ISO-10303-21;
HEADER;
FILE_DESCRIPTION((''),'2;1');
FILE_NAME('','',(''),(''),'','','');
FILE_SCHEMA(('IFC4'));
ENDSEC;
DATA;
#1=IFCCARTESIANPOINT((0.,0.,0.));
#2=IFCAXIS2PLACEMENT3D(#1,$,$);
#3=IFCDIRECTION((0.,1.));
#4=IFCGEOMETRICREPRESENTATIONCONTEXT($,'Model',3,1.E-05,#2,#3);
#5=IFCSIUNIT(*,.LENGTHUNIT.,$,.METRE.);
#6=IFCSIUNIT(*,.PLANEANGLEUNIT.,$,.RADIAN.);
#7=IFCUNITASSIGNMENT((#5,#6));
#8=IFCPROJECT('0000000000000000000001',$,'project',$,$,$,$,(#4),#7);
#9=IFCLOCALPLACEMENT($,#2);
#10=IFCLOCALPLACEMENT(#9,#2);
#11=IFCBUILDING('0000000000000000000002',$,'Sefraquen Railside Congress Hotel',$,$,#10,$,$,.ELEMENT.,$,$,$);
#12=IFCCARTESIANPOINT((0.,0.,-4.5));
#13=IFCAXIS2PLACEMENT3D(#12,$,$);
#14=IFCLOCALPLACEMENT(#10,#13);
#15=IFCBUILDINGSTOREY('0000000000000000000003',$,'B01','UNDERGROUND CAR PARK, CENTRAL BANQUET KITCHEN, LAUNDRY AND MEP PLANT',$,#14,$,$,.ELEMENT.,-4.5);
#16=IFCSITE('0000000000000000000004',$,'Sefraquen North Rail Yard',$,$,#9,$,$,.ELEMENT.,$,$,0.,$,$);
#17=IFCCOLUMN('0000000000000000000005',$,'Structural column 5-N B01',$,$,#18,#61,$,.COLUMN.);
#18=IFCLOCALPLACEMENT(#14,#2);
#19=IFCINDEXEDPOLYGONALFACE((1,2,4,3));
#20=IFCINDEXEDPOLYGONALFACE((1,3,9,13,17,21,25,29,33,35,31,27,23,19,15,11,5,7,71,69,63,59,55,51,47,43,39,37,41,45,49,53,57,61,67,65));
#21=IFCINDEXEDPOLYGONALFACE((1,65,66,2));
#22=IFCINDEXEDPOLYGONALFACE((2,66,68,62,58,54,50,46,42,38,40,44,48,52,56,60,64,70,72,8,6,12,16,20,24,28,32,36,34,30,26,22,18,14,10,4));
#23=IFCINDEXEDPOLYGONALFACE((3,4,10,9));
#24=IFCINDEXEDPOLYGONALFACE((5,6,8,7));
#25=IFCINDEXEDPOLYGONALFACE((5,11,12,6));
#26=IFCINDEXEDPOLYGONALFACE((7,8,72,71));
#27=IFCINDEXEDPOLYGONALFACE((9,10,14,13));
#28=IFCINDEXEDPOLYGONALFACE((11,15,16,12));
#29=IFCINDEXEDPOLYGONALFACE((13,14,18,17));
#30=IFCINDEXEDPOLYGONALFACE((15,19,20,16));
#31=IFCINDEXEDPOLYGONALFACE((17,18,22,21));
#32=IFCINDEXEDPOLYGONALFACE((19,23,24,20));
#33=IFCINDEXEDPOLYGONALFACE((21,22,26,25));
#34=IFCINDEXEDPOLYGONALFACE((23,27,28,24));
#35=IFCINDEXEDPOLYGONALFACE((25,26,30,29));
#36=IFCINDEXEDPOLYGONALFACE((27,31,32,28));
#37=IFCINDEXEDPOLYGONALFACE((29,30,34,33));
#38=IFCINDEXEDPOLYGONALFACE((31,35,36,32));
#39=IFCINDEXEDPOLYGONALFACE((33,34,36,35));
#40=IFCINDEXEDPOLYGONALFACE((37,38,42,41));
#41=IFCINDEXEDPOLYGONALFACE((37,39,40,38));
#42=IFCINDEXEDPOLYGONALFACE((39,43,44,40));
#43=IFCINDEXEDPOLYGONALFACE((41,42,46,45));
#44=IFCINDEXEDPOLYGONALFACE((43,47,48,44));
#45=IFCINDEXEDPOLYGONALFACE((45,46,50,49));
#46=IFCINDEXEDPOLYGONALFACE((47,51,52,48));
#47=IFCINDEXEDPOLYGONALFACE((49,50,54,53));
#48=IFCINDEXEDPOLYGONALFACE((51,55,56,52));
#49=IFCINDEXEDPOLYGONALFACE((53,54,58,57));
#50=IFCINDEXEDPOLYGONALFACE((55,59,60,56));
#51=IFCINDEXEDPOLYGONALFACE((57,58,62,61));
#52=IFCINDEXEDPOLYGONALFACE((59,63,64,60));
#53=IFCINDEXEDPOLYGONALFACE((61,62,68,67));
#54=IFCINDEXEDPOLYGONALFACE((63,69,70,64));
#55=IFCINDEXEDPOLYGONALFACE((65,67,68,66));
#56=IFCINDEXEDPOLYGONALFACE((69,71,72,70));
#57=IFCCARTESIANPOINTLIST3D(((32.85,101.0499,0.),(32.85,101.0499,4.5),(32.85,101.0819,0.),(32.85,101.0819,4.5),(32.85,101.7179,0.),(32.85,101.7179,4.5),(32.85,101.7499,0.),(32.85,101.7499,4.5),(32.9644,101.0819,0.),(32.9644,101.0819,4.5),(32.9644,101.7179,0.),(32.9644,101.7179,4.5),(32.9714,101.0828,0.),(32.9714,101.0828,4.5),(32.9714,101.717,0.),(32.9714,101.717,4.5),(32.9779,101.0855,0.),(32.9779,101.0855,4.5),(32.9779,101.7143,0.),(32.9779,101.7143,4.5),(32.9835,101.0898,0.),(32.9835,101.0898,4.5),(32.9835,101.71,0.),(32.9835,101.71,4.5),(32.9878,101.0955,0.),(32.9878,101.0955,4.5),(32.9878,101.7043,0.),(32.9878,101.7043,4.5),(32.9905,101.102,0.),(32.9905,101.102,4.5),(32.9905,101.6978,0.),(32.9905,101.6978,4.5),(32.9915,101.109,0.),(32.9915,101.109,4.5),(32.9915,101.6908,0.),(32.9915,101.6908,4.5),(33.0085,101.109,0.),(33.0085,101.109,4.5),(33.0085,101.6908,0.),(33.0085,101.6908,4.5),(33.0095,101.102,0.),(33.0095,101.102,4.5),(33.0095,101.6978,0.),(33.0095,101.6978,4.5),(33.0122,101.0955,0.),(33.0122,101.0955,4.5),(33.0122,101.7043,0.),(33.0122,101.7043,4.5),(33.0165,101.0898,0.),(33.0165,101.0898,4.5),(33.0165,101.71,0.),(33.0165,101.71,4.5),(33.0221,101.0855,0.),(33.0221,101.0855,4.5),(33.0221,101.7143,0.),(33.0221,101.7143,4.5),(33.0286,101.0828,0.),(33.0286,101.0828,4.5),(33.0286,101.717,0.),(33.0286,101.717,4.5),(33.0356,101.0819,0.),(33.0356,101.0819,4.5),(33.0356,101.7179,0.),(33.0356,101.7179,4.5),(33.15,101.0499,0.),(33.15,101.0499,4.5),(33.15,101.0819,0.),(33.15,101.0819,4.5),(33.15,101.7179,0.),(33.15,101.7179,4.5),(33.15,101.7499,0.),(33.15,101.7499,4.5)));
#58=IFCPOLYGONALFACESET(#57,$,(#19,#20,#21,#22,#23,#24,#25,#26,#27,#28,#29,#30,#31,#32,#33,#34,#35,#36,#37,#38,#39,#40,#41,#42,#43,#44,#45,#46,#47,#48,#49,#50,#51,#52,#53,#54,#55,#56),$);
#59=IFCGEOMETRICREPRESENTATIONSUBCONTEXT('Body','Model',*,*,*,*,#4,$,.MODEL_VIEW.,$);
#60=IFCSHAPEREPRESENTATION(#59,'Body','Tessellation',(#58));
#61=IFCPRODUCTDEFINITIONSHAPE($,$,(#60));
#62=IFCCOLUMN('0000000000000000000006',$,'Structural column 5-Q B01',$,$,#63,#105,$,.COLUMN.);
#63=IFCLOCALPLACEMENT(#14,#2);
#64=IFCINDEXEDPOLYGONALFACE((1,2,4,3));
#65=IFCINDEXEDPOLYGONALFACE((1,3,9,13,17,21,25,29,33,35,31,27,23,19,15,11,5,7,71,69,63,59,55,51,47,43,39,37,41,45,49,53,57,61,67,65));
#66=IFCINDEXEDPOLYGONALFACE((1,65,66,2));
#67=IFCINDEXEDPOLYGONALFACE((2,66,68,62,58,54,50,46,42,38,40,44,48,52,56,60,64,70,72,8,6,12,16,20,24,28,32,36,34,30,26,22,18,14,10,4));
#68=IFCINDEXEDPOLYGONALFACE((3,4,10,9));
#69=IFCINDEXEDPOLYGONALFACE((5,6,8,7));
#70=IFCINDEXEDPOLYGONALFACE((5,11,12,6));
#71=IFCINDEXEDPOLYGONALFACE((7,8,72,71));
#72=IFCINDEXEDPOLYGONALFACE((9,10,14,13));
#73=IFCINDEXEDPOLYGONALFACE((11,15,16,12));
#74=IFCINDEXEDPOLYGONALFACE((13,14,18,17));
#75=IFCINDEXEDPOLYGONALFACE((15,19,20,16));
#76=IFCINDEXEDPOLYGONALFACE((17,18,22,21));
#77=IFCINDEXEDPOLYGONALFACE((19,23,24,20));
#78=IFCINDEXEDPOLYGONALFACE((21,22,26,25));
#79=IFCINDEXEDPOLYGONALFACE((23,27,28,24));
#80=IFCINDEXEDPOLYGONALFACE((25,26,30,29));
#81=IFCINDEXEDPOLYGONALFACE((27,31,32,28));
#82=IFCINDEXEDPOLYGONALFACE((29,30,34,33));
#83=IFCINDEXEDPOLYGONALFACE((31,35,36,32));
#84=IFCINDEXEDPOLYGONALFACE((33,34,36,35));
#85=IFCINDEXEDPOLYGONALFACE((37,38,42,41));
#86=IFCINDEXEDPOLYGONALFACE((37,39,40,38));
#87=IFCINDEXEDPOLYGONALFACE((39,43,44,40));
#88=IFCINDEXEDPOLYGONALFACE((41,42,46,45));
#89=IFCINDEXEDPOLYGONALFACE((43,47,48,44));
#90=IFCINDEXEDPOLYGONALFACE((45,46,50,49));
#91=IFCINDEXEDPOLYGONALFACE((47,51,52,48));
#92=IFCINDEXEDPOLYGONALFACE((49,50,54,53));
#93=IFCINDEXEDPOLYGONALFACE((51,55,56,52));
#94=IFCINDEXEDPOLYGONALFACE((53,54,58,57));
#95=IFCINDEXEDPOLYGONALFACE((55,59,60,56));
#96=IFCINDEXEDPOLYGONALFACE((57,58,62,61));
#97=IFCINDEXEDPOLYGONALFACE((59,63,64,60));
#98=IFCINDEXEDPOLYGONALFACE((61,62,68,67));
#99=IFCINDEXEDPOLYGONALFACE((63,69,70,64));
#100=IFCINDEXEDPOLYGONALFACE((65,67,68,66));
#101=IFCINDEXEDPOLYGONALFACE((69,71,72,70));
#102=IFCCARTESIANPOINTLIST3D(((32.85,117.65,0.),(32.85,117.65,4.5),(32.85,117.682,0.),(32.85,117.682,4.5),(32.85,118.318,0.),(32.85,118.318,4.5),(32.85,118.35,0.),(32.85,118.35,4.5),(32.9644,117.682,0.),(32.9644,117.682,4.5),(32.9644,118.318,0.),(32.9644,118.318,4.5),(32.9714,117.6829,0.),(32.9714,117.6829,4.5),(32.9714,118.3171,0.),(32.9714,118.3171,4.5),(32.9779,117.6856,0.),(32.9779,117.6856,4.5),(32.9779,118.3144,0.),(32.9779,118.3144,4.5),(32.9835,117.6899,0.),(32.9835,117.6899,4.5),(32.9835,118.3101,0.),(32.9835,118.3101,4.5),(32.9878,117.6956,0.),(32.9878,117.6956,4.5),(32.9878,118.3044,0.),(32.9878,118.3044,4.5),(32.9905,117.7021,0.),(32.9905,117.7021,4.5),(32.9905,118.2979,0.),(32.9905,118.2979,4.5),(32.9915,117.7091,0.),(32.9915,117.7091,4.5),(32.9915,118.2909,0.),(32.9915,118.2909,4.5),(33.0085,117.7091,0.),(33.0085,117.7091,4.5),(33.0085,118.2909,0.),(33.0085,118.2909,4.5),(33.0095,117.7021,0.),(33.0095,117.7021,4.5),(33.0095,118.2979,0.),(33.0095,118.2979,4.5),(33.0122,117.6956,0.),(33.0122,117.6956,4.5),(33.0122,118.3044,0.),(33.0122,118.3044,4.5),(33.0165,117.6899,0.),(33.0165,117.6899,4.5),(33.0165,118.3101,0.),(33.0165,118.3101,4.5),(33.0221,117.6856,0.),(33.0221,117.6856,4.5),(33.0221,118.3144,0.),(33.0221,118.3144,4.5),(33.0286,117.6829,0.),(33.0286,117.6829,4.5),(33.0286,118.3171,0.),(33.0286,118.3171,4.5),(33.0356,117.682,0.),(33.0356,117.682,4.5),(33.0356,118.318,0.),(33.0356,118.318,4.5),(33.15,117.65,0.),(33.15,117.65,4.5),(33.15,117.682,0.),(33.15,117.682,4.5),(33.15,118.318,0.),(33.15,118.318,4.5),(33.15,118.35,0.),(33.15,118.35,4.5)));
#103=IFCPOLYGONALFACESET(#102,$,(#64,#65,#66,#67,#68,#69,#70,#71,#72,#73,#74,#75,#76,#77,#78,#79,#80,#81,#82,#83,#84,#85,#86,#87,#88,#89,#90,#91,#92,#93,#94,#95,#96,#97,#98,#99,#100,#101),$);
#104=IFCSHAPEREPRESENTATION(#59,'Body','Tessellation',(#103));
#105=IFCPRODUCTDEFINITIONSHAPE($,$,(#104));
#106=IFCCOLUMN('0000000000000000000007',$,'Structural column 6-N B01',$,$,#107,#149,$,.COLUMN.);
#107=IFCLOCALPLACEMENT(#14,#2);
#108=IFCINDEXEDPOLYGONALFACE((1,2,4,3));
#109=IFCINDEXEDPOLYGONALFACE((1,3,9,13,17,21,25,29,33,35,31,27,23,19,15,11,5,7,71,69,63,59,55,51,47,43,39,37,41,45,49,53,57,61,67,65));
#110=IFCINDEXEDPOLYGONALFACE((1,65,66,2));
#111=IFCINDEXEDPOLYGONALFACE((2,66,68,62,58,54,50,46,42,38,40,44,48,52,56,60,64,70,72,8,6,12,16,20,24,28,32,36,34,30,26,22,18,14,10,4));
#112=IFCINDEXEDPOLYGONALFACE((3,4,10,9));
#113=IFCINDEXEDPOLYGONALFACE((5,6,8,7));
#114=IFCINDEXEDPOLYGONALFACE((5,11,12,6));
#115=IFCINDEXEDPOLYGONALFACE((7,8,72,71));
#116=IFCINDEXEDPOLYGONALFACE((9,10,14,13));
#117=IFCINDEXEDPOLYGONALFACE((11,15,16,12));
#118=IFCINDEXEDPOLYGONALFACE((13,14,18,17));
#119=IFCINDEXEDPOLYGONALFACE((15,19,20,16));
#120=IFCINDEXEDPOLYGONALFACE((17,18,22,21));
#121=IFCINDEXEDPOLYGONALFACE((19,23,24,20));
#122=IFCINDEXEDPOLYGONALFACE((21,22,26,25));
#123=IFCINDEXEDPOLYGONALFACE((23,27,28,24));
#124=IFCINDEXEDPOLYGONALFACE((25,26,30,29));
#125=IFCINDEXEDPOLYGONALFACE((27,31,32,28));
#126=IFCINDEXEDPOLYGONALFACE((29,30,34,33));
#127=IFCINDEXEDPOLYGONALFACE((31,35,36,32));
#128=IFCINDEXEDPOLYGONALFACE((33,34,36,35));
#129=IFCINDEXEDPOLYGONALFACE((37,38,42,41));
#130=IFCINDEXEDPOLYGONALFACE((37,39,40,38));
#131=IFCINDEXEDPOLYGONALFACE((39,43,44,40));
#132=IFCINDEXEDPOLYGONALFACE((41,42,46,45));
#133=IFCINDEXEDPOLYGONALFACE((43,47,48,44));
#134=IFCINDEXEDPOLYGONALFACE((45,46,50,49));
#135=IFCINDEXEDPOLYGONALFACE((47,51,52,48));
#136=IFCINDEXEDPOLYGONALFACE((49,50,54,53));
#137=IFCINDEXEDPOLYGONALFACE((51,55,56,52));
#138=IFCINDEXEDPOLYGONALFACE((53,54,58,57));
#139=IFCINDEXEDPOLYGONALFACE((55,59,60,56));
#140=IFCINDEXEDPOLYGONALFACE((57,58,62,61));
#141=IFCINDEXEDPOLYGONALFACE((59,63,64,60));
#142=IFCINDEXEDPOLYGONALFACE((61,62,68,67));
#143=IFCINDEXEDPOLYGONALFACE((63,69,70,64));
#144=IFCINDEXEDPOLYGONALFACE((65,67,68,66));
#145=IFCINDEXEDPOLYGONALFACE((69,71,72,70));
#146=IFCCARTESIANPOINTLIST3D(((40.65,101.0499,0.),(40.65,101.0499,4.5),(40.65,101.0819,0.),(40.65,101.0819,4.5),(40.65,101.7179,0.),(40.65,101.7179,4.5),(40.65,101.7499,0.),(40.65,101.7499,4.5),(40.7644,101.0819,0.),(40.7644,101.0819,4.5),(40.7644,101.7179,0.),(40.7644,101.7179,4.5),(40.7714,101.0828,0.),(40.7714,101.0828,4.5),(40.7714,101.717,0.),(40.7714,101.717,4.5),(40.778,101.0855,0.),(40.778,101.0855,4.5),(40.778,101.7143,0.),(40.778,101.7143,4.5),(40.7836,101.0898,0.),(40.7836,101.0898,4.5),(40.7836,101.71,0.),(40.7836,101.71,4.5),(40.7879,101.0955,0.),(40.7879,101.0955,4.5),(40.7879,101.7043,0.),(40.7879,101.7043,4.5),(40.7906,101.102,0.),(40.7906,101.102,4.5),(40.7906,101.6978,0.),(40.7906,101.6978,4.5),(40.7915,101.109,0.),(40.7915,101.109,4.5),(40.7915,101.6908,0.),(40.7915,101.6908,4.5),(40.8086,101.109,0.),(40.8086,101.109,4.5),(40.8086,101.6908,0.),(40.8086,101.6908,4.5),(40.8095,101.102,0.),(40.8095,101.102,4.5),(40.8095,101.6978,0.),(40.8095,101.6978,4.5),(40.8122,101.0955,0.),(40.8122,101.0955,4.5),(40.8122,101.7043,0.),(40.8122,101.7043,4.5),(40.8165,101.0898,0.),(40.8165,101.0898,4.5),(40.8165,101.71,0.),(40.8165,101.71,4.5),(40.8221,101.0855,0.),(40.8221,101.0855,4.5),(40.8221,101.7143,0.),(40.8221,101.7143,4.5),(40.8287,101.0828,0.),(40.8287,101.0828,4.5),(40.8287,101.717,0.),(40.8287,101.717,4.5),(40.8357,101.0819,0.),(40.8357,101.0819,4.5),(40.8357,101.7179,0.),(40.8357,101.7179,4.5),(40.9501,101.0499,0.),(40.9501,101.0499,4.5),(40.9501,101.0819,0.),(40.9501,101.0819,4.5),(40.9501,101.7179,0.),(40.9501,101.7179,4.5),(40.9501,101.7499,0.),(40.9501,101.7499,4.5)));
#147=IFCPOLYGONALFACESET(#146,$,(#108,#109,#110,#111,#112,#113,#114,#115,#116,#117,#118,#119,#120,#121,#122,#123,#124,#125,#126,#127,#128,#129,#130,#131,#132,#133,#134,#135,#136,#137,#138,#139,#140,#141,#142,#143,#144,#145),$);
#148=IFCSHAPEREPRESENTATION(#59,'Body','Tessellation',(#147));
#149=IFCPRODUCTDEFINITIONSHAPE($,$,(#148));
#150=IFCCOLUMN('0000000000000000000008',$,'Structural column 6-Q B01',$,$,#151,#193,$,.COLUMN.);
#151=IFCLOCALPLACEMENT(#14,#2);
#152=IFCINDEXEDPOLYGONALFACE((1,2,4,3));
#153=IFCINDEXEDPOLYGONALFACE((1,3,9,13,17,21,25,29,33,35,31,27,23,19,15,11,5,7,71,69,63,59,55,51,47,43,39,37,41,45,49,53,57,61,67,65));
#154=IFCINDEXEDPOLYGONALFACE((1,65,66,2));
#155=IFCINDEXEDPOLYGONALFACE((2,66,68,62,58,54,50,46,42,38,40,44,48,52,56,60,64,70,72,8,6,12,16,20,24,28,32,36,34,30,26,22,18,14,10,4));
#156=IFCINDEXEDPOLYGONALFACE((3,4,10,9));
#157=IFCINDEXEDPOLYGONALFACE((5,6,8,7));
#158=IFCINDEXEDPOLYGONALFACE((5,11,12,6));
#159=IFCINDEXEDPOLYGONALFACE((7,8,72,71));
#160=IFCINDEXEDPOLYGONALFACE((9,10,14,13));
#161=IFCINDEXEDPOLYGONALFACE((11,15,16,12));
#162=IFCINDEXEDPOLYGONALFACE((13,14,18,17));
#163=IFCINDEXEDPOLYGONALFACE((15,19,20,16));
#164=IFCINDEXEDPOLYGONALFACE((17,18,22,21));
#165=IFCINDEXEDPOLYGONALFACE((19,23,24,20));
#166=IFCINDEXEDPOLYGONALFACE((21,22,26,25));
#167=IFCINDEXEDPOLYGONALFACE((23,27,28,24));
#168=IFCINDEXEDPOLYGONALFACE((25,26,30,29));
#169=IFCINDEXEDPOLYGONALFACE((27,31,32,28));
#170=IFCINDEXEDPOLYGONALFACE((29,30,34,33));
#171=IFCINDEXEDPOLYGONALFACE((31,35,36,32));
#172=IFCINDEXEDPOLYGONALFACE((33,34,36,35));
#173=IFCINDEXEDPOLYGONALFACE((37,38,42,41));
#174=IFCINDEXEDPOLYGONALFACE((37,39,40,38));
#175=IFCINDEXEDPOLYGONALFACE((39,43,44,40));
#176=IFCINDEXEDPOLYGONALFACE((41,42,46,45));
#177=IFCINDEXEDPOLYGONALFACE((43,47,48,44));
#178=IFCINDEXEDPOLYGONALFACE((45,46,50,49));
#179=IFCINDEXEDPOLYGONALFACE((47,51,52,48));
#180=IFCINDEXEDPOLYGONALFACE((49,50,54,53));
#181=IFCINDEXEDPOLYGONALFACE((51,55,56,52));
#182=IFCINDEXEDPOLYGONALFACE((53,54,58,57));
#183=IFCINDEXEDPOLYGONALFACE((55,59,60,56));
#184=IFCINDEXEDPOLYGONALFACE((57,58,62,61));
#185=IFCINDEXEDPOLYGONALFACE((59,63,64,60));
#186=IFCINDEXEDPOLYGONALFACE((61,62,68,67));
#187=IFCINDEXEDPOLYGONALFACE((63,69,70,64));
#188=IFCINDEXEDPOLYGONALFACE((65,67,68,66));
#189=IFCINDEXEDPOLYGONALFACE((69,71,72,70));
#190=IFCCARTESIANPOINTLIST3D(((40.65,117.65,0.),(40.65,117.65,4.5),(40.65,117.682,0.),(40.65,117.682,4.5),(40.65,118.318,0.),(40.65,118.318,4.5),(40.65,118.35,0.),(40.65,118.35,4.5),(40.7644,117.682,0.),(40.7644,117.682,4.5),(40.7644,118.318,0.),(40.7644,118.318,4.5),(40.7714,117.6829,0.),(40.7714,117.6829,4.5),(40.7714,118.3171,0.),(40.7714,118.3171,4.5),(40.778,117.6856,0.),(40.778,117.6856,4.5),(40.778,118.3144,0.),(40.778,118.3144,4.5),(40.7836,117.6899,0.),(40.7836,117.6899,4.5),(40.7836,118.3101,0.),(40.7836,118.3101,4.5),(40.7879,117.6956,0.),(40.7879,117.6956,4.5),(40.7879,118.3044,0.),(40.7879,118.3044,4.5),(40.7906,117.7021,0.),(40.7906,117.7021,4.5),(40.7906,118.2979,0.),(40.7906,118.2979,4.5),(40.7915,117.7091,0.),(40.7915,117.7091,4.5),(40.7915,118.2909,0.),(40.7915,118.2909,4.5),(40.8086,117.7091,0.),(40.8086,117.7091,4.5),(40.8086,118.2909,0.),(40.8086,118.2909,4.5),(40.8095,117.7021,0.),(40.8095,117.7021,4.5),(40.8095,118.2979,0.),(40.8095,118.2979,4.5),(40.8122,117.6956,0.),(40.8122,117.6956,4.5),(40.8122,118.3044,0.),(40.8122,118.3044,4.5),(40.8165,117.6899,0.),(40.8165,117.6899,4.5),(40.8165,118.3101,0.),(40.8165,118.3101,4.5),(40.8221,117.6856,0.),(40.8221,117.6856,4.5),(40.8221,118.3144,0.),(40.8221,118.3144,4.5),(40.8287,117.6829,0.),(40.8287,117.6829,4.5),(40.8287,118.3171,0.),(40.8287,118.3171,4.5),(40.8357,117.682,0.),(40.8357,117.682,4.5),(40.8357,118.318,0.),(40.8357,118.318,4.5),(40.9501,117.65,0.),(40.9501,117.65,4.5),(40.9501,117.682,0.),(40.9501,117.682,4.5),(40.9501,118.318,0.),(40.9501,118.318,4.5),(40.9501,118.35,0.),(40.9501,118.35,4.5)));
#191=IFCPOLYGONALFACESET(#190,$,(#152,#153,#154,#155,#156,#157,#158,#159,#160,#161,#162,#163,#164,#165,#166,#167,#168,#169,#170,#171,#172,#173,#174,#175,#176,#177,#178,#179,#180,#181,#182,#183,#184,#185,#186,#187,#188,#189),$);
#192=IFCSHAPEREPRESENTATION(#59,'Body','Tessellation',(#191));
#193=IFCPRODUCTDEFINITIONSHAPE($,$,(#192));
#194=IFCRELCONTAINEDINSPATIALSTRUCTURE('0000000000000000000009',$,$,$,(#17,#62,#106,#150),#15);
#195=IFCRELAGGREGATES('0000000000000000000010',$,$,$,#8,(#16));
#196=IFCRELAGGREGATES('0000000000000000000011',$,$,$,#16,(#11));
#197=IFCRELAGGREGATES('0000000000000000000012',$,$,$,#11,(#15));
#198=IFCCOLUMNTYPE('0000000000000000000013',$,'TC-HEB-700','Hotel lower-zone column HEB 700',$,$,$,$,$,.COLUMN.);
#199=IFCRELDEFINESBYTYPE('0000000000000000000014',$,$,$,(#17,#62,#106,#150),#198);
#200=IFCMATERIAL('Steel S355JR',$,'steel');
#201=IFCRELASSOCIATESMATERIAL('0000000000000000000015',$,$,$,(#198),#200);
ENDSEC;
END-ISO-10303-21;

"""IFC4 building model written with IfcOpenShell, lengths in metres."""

from ifc_helpers import new_model, si_unit, direction, frame, origin, origin_2d, place, context, subcontext, project, spatial, i_section, extrude, material, material_profile, profile_set, type_object, element, save


model = new_model("IFC4")

# Units and contexts
model_context = context("Model", 3, precision=1e-05, world=origin(), true_north=direction((0.0, 1.0)))
body_context = subcontext(model_context, "Body", "Model", "MODEL_VIEW")
ifc_project = project(units=[si_unit("LENGTHUNIT", "METRE"), si_unit("PLANEANGLEUNIT", "RADIAN")], contexts=[model_context])

# Site, building, storey
site_placement = place(None, origin())
site = spatial("IfcSite", under=ifc_project, at=site_placement, Name="Sefraquen North Rail Yard", CompositionType="ELEMENT", RefElevation=0.0)
building_placement = place(site_placement, origin())
building = spatial("IfcBuilding", under=site, at=building_placement, Name="Sefraquen Railside Congress Hotel", CompositionType="ELEMENT")
storey_placement = place(building_placement, frame((0.0, 0.0, -4.5)))
storey = spatial("IfcBuildingStorey", under=building, at=storey_placement, Name="B01", Description="UNDERGROUND CAR PARK, CENTRAL BANQUET KITCHEN, LAUNDRY AND MEP PLANT", CompositionType="ELEMENT", Elevation=-4.5)

# Columns
ifc_material_1 = material(Name="Steel S355JR", Category="steel")
ifc_material_profile_1 = material_profile(ifc_material_1, i_section(OverallWidth=0.3, OverallDepth=0.7, WebThickness=0.0171, FlangeThickness=0.032, FilletRadius=0.0271, at=origin_2d()), Name="HEB 700")
ifc_profile_set_1 = profile_set([ifc_material_profile_1], Name="Steel S355JR")
column_type_1 = type_object("IfcColumnType", Name="TC-HEB-700", Description="Hotel lower-zone column HEB 700", PredefinedType="COLUMN", material=ifc_profile_set_1)
for number, where, z_axis, x_axis, name in (
    (1, (33.0, 101.3999, 0.0), (0.0, 0.0, 1.0), (1.0, 0.0, 0.0), "Structural column 5-N B01"),
    (2, (33.0, 118.0, 0.0), (0.0, 0.0, 1.0), (1.0, 0.0, 0.0), "Structural column 5-Q B01"),
    (3, (40.8, 101.3999, 0.0), (0.0, 0.0, 1.0), (1.0, 0.0, 0.0), "Structural column 6-N B01"),
    (4, (40.8, 118.0, 0.0), (0.0, 0.0, 1.0), (1.0, 0.0, 0.0), "Structural column 6-Q B01"),
):
    element("IfcColumn", number, at=place(storey_placement, frame(where, z_axis=z_axis, x_axis=x_axis)), inside=storey, type_object=column_type_1, Name=name, PredefinedType="COLUMN", context=body_context, shape_type="SweptSolid", body=[
        extrude(i_section(OverallWidth=0.3, OverallDepth=0.7, WebThickness=0.0171, FlangeThickness=0.032, FilletRadius=0.0271, at=origin_2d()), origin(), (0.0, 0.0, 1.0), 4.5),
    ])

save(model, "model.ifc")
